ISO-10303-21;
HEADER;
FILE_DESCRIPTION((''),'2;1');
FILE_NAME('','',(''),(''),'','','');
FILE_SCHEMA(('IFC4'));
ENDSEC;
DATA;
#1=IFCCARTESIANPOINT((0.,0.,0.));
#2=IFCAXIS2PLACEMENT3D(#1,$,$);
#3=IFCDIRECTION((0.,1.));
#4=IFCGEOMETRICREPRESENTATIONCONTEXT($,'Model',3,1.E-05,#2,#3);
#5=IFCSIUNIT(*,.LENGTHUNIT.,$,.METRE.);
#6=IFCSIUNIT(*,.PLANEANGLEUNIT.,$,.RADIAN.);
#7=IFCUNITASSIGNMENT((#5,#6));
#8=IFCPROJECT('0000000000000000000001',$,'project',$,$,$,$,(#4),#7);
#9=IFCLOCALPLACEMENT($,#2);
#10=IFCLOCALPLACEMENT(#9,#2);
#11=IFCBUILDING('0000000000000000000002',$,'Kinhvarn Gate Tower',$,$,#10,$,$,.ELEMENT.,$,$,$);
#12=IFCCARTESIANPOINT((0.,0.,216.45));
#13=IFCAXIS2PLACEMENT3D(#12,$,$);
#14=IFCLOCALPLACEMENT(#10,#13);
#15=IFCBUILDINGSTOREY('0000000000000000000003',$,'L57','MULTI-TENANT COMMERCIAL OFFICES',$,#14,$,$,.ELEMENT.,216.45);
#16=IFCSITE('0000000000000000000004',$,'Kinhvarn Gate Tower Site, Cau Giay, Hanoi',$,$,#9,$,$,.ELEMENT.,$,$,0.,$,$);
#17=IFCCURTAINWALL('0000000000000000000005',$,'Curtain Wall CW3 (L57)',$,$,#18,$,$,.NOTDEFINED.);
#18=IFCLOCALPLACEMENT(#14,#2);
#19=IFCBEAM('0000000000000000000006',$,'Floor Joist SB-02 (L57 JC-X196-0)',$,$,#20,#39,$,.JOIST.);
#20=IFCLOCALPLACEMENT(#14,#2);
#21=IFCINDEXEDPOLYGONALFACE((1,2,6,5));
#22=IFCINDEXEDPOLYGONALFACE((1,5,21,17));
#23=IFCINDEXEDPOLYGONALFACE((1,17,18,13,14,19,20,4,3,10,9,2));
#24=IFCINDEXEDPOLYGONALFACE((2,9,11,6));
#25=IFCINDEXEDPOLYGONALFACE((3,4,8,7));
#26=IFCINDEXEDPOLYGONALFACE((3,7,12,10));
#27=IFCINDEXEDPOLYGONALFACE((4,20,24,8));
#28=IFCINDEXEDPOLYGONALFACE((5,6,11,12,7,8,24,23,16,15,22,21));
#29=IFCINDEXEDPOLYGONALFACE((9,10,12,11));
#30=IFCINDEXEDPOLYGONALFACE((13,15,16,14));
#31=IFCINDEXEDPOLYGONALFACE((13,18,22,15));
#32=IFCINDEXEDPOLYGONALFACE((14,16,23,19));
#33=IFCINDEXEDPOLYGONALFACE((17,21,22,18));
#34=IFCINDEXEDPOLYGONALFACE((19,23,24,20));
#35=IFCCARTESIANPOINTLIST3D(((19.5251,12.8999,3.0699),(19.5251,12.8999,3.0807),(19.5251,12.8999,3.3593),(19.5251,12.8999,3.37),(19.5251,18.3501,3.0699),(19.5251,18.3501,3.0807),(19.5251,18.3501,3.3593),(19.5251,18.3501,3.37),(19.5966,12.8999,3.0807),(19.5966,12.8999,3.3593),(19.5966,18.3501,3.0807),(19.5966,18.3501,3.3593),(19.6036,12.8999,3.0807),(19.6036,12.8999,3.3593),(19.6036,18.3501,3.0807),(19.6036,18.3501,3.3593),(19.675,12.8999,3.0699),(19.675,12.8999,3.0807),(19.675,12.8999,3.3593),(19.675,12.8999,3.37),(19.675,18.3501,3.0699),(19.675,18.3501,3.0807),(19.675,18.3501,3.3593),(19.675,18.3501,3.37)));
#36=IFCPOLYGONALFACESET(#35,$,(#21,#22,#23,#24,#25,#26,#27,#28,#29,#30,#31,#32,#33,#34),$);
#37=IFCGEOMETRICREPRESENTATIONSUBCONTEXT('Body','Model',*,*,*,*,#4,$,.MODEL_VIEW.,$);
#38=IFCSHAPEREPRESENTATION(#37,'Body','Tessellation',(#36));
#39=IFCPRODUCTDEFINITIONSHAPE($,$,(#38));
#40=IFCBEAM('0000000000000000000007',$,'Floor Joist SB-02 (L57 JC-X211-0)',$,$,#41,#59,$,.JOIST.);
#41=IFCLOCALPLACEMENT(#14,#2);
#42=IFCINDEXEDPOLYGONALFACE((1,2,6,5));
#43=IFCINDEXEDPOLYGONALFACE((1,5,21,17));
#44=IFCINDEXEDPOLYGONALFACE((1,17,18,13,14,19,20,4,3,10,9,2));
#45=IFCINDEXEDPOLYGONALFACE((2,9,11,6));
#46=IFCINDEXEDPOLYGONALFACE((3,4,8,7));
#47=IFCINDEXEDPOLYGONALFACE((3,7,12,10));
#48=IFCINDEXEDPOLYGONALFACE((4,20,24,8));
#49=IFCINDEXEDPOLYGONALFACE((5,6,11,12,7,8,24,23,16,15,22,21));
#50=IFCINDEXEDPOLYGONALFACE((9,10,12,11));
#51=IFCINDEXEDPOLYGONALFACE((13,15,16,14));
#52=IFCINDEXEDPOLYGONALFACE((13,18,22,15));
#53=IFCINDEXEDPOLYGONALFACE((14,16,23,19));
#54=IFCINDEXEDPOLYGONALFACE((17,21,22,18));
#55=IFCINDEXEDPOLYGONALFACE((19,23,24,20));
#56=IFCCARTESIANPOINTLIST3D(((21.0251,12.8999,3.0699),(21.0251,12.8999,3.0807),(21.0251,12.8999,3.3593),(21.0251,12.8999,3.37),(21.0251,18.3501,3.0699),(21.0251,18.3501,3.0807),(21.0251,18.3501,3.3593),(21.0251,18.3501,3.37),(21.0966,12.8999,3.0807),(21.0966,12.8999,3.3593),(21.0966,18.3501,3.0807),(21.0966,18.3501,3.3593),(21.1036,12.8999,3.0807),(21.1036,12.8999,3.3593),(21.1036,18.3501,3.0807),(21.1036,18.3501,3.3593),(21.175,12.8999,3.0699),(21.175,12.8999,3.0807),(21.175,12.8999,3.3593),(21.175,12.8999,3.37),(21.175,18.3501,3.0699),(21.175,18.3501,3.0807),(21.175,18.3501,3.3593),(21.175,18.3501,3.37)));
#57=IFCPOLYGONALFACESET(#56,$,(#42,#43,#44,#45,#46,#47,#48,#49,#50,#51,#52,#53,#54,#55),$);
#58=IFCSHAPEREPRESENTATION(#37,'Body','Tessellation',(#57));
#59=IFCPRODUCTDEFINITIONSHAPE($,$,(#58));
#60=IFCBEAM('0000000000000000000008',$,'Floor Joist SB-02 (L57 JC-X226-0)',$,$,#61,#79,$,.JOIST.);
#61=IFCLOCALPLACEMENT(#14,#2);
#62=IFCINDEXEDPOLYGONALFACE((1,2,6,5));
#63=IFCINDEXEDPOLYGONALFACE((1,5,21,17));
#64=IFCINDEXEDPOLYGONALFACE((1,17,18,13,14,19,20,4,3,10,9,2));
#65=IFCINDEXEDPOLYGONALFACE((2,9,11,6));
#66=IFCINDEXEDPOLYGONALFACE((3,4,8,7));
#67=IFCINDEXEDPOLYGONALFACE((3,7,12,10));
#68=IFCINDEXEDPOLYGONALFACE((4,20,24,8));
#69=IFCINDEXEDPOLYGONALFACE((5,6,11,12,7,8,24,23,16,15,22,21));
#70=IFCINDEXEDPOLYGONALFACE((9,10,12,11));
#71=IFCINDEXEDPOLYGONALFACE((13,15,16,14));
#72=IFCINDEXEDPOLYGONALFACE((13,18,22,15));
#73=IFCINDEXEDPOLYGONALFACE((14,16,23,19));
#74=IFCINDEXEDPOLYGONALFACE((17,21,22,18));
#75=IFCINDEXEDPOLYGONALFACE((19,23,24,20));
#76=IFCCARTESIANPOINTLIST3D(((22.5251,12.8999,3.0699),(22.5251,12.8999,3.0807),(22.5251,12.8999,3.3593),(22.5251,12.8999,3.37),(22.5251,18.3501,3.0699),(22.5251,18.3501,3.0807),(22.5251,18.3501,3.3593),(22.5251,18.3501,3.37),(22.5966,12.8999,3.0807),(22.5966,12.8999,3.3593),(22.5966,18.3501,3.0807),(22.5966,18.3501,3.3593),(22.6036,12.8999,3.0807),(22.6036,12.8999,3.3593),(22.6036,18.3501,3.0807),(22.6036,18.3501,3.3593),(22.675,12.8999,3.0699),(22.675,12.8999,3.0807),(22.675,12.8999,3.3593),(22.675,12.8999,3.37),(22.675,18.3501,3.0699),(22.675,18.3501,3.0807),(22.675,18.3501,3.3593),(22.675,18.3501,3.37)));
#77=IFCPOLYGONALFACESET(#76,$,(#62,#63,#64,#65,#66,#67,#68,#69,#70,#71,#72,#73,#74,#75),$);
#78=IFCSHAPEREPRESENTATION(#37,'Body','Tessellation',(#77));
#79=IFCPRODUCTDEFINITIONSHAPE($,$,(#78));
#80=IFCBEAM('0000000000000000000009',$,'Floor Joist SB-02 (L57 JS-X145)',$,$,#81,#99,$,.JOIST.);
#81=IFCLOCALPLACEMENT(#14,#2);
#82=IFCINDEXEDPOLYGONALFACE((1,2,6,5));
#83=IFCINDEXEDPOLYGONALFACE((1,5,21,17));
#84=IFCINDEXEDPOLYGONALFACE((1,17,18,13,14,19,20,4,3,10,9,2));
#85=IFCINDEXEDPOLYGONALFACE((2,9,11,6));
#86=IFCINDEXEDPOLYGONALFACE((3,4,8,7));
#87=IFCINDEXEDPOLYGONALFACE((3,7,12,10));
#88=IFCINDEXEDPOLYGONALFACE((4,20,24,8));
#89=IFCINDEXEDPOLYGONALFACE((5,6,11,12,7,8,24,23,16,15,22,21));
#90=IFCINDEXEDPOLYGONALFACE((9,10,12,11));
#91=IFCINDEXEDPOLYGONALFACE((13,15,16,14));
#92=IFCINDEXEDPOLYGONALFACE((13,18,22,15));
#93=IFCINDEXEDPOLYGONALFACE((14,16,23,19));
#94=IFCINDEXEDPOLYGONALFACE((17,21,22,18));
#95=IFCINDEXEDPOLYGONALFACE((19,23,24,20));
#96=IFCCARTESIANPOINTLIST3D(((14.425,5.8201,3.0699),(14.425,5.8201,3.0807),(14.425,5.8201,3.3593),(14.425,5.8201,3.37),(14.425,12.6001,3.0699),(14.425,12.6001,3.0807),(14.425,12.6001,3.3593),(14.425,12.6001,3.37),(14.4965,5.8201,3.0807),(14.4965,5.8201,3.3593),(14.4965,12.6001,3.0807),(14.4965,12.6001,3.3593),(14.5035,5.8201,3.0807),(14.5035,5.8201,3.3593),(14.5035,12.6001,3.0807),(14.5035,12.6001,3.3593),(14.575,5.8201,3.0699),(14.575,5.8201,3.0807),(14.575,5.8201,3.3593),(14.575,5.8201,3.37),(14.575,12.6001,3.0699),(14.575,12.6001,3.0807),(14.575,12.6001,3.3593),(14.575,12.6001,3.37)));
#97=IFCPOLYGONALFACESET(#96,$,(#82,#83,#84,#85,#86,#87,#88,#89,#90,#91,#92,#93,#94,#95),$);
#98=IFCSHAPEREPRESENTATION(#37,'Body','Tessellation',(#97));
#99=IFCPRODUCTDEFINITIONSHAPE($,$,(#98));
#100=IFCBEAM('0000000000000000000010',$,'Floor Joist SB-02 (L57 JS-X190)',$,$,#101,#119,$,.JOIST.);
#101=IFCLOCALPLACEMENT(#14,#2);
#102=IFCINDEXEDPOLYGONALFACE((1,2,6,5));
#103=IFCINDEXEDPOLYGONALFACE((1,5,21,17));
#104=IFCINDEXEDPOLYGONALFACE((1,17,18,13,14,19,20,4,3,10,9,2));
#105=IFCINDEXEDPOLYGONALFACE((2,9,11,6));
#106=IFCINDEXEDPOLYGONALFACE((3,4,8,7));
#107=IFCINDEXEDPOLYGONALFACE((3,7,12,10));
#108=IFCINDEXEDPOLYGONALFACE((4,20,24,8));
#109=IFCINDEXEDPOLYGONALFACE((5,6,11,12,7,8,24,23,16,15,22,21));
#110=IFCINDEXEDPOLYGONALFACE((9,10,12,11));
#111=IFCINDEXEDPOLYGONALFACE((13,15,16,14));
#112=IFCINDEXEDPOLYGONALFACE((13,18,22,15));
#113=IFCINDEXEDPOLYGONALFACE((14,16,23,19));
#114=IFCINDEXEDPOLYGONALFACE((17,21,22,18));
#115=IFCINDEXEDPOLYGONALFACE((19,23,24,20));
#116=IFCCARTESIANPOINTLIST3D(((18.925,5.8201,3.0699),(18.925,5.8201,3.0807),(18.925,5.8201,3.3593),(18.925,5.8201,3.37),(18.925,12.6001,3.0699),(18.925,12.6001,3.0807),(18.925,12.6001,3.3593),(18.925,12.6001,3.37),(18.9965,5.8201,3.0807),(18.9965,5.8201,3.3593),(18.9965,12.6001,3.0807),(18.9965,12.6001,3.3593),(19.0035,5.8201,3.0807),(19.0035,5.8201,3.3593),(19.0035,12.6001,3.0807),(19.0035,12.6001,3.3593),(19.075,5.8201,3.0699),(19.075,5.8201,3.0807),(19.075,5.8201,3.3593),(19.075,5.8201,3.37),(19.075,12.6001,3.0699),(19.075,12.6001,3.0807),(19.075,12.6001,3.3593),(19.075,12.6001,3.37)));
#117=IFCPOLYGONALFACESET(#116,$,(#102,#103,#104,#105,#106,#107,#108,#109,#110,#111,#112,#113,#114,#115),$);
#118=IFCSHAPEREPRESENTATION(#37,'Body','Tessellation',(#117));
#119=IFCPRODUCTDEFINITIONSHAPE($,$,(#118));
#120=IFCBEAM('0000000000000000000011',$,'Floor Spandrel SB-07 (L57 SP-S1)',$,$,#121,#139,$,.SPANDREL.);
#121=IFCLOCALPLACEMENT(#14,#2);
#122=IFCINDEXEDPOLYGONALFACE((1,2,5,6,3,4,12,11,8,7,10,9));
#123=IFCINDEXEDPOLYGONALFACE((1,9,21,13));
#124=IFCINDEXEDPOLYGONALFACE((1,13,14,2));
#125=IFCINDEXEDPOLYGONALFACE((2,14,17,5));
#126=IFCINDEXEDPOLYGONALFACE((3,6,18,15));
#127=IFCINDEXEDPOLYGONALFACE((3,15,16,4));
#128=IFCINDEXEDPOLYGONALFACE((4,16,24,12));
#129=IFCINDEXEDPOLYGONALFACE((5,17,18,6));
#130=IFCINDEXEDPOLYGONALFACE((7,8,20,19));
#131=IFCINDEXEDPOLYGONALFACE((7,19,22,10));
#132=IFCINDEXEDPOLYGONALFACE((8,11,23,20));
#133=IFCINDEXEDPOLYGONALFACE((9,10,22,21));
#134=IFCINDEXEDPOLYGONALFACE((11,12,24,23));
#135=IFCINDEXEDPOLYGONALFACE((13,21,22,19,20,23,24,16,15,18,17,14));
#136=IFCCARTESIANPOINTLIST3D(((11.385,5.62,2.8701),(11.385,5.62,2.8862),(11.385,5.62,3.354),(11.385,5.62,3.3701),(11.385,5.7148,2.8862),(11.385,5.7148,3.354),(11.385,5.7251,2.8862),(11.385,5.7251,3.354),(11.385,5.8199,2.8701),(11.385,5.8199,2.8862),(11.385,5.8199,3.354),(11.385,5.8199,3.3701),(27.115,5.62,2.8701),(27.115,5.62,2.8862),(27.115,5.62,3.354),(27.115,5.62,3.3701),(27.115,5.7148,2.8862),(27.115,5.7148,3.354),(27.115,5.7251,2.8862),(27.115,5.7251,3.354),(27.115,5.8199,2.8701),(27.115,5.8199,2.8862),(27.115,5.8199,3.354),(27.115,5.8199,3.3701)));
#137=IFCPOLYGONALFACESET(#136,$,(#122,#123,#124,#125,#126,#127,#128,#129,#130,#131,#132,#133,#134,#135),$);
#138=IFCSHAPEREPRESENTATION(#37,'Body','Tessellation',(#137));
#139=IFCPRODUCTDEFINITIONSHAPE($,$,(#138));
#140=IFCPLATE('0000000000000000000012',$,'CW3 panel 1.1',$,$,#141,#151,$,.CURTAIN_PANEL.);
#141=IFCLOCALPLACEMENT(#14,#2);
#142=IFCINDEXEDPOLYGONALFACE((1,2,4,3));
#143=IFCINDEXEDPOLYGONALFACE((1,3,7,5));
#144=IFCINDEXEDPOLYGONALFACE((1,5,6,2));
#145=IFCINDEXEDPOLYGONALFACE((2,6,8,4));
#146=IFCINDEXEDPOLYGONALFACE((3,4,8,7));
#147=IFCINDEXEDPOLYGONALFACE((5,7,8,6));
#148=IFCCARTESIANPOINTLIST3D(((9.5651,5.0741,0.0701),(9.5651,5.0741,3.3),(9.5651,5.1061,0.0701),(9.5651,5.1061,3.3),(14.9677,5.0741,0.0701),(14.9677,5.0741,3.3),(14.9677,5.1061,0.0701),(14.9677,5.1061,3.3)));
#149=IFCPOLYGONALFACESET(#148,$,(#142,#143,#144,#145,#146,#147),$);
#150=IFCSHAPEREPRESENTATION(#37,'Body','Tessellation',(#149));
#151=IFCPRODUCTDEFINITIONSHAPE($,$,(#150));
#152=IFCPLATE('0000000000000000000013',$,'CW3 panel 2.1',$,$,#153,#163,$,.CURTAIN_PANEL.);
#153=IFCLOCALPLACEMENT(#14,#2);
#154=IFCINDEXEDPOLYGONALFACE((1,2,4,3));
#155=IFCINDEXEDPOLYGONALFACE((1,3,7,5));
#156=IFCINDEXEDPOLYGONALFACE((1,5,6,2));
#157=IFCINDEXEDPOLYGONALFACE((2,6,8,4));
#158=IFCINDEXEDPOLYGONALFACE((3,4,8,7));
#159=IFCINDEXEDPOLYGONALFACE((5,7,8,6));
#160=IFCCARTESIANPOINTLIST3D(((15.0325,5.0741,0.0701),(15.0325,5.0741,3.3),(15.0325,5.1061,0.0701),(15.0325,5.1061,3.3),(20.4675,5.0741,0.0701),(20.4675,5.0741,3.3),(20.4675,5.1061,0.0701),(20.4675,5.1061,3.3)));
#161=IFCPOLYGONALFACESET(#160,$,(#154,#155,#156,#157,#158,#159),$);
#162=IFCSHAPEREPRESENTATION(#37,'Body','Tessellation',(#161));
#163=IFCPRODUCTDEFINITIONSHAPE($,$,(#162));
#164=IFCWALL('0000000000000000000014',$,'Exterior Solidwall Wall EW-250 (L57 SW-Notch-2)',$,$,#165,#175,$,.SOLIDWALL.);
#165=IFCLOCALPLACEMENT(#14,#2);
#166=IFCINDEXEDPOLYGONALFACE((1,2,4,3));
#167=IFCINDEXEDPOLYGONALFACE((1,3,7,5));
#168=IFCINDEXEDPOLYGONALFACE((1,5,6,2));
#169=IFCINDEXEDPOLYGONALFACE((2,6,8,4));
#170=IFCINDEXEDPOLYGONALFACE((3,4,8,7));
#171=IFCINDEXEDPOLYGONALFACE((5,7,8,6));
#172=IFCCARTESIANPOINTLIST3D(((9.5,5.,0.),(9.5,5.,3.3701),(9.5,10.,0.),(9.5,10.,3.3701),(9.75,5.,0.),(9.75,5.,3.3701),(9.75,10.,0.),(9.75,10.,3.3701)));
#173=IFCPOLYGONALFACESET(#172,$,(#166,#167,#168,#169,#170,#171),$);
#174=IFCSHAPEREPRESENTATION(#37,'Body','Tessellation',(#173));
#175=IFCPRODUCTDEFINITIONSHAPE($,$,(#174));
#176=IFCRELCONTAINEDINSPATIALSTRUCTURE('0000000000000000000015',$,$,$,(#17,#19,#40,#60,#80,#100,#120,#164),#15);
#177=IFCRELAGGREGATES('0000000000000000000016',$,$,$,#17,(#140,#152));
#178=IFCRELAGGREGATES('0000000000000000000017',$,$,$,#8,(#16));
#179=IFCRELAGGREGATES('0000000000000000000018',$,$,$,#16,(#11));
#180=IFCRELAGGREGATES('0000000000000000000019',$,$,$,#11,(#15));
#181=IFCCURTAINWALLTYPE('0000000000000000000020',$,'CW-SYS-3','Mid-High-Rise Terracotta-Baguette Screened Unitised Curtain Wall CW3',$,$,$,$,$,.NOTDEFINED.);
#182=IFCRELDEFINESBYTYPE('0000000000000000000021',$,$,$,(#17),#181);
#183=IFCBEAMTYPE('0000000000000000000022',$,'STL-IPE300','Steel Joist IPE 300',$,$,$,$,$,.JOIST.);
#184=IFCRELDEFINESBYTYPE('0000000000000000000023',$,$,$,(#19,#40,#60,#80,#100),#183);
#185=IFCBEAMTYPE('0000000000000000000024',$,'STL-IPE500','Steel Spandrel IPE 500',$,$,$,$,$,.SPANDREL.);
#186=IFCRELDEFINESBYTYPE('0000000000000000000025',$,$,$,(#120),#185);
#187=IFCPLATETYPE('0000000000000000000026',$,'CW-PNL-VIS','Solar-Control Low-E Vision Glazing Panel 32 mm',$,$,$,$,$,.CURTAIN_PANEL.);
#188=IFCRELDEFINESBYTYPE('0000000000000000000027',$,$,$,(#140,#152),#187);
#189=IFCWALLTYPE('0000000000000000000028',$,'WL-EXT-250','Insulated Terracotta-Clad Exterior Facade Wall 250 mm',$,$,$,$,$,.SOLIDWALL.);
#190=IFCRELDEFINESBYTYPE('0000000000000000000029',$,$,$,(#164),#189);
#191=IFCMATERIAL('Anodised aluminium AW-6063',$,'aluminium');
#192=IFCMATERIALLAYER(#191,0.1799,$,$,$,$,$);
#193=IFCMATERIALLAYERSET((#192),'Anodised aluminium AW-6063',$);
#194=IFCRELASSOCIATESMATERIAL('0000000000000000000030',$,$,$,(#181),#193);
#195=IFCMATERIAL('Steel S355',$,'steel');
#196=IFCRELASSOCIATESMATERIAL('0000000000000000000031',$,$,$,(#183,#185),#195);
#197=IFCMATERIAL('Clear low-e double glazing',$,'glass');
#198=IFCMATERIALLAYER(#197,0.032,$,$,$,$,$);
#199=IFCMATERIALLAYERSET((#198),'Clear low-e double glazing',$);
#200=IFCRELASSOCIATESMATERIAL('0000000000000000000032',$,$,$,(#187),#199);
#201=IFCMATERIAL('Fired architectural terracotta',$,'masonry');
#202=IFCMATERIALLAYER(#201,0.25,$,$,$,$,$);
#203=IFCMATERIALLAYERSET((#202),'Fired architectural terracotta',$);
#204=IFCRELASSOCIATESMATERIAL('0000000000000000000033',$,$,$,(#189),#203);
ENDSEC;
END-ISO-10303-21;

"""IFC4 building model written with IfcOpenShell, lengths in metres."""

from ifc_helpers import new_model, si_unit, direction, frame, frame_2d, origin, origin_2d, place, context, subcontext, project, spatial, rectangle, i_section, extrude, material, layer, layer_set, material_profile, profile_set, type_object, element, aggregate, save


model = new_model("IFC4")

# Units and contexts
model_context = context("Model", 3, precision=1e-05, world=origin(), true_north=direction((0.0, 1.0)))
body_context = subcontext(model_context, "Body", "Model", "MODEL_VIEW")
ifc_project = project(units=[si_unit("LENGTHUNIT", "METRE"), si_unit("PLANEANGLEUNIT", "RADIAN")], contexts=[model_context])

# Site, building, storey
site_placement = place(None, origin())
site = spatial("IfcSite", under=ifc_project, at=site_placement, Name="Kinhvarn Gate Tower Site, Cau Giay, Hanoi", CompositionType="ELEMENT", RefElevation=0.0)
building_placement = place(site_placement, origin())
building = spatial("IfcBuilding", under=site, at=building_placement, Name="Kinhvarn Gate Tower", CompositionType="ELEMENT")
storey_placement = place(building_placement, frame((0.0, 0.0, 216.45)))
storey = spatial("IfcBuildingStorey", under=building, at=storey_placement, Name="L57", Description="MULTI-TENANT COMMERCIAL OFFICES", CompositionType="ELEMENT", Elevation=216.45)

# Curtain wall
ifc_material_1 = material(Name="Anodised aluminium AW-6063", Category="aluminium")
ifc_layer_1 = layer(ifc_material_1, 0.1799)
ifc_layer_set_1 = layer_set([ifc_layer_1], Name="Anodised aluminium AW-6063")
curtain_wall_type = type_object("IfcCurtainWallType", Name="CW-SYS-3", Description="Mid-High-Rise Terracotta-Baguette Screened Unitised Curtain Wall CW3", PredefinedType="NOTDEFINED", material=ifc_layer_set_1)
curtain_wall_placement = place(storey_placement, origin())
curtain_wall = element("IfcCurtainWall", 1, at=curtain_wall_placement, inside=storey, type_object=curtain_wall_type, Name="Curtain Wall CW3 (L57)", PredefinedType="NOTDEFINED")

# Beams
ifc_material_2 = material(Name="Steel S355", Category="steel")
ifc_material_profile_1 = material_profile(ifc_material_2, i_section(OverallWidth=0.1499, OverallDepth=0.3, WebThickness=0.0071, FlangeThickness=0.0107, at=origin_2d()), Name="IPE 300")
ifc_profile_set_1 = profile_set([ifc_material_profile_1], Name="Steel S355")
beam_type_1 = type_object("IfcBeamType", Name="STL-IPE300", Description="Steel Joist IPE 300", PredefinedType="JOIST", material=ifc_profile_set_1)
for number, where, z_axis, x_axis, name in (
    (2, (19.6001, 12.8999, 3.22), (0.0, 1.0, 0.0), (-1.0, 0.0, 0.0), "Floor Joist SB-02 (L57 JC-X196-0)"),
    (3, (21.1001, 12.8999, 3.22), (0.0, 1.0, 0.0), (-1.0, 0.0, 0.0), "Floor Joist SB-02 (L57 JC-X211-0)"),
    (4, (22.6001, 12.8999, 3.22), (0.0, 1.0, 0.0), (-1.0, 0.0, 0.0), "Floor Joist SB-02 (L57 JC-X226-0)"),
):
    element("IfcBeam", number, at=place(storey_placement, frame(where, z_axis=z_axis, x_axis=x_axis)), inside=storey, type_object=beam_type_1, Name=name, PredefinedType="JOIST", context=body_context, shape_type="SweptSolid", body=[
        extrude(i_section(OverallWidth=0.1499, OverallDepth=0.3, WebThickness=0.0071, FlangeThickness=0.0107, at=origin_2d()), origin(), (0.0, 0.0, 1.0), 5.4502),
    ])
for number, where, z_axis, x_axis, name in (
    (5, (14.5, 5.8201, 3.22), (0.0, 1.0, 0.0), (-1.0, 0.0, 0.0), "Floor Joist SB-02 (L57 JS-X145)"),
    (6, (19.0, 5.8201, 3.22), (0.0, 1.0, 0.0), (-1.0, 0.0, 0.0), "Floor Joist SB-02 (L57 JS-X190)"),
):
    element("IfcBeam", number, at=place(storey_placement, frame(where, z_axis=z_axis, x_axis=x_axis)), inside=storey, type_object=beam_type_1, Name=name, PredefinedType="JOIST", context=body_context, shape_type="SweptSolid", body=[
        extrude(i_section(OverallWidth=0.1499, OverallDepth=0.3, WebThickness=0.0071, FlangeThickness=0.0107, at=origin_2d()), origin(), (0.0, 0.0, 1.0), 6.78),
    ])
ifc_material_profile_2 = material_profile(ifc_material_2, i_section(OverallWidth=0.2, OverallDepth=0.5, WebThickness=0.0103, FlangeThickness=0.0161, at=origin_2d()), Name="IPE 500")
ifc_profile_set_2 = profile_set([ifc_material_profile_2], Name="Steel S355")
beam_type_2 = type_object("IfcBeamType", Name="STL-IPE500", Description="Steel Spandrel IPE 500", PredefinedType="SPANDREL", material=ifc_profile_set_2)
beam_1_placement = place(storey_placement, frame((11.385, 5.72, 3.1201), z_axis=(1.0, 0.0, 0.0), x_axis=(0.0, 1.0, 0.0)))
element("IfcBeam", 7, at=beam_1_placement, inside=storey, type_object=beam_type_2, Name="Floor Spandrel SB-07 (L57 SP-S1)", PredefinedType="SPANDREL", context=body_context, shape_type="SweptSolid", body=[
    extrude(i_section(OverallWidth=0.2, OverallDepth=0.5, WebThickness=0.0103, FlangeThickness=0.0161, at=origin_2d()), origin(), (0.0, 0.0, 1.0), 15.73),
])

# Plates
ifc_material_3 = material(Name="Clear low-e double glazing", Category="glass")
ifc_layer_2 = layer(ifc_material_3, 0.032)
ifc_layer_set_2 = layer_set([ifc_layer_2], Name="Clear low-e double glazing")
plate_type = type_object("IfcPlateType", Name="CW-PNL-VIS", Description="Solar-Control Low-E Vision Glazing Panel 32 mm", PredefinedType="CURTAIN_PANEL", material=ifc_layer_set_2)
plate_1_placement = place(storey_placement, frame((12.2664, 5.0901, 0.0701), z_axis=(0.0, 0.0, 1.0), x_axis=(1.0, 0.0, 0.0)))
plate_1 = element("IfcPlate", 8, at=plate_1_placement, type_object=plate_type, Name="CW3 panel 1.1", PredefinedType="CURTAIN_PANEL", context=body_context, shape_type="SweptSolid", body=[
    extrude(rectangle(XDim=5.4026, YDim=0.032, at=origin_2d()), origin(), (0.0, 0.0, 1.0), 3.23),
])
plate_2_placement = place(storey_placement, frame((17.75, 5.0901, 0.0701), z_axis=(0.0, 0.0, 1.0), x_axis=(1.0, 0.0, 0.0)))
plate_2 = element("IfcPlate", 9, at=plate_2_placement, type_object=plate_type, Name="CW3 panel 2.1", PredefinedType="CURTAIN_PANEL", context=body_context, shape_type="SweptSolid", body=[
    extrude(rectangle(XDim=5.4351, YDim=0.032, at=origin_2d()), origin(), (0.0, 0.0, 1.0), 3.23),
])
aggregate(curtain_wall, [plate_1, plate_2])

# Wall
ifc_material_4 = material(Name="Fired architectural terracotta", Category="masonry")
ifc_layer_3 = layer(ifc_material_4, 0.25)
ifc_layer_set_3 = layer_set([ifc_layer_3], Name="Fired architectural terracotta")
wall_type_1 = type_object("IfcWallType", Name="WL-EXT-250", Description="Insulated Terracotta-Clad Exterior Facade Wall 250 mm", PredefinedType="SOLIDWALL", material=ifc_layer_set_3)
wall_1_placement = place(storey_placement, frame((9.625, 10.0, 0.0), z_axis=(0.0, 0.0, 1.0), x_axis=(0.0, -1.0, 0.0)))
element("IfcWall", 10, at=wall_1_placement, inside=storey, type_object=wall_type_1, Name="Exterior Solidwall Wall EW-250 (L57 SW-Notch-2)", PredefinedType="SOLIDWALL", context=body_context, shape_type="SweptSolid", body=[
    extrude(rectangle(XDim=5.0, YDim=0.25, at=frame_2d((2.5, 0.0))), origin(), (0.0, 0.0, 1.0), 3.3701),
])

save(model, "model.ifc")
